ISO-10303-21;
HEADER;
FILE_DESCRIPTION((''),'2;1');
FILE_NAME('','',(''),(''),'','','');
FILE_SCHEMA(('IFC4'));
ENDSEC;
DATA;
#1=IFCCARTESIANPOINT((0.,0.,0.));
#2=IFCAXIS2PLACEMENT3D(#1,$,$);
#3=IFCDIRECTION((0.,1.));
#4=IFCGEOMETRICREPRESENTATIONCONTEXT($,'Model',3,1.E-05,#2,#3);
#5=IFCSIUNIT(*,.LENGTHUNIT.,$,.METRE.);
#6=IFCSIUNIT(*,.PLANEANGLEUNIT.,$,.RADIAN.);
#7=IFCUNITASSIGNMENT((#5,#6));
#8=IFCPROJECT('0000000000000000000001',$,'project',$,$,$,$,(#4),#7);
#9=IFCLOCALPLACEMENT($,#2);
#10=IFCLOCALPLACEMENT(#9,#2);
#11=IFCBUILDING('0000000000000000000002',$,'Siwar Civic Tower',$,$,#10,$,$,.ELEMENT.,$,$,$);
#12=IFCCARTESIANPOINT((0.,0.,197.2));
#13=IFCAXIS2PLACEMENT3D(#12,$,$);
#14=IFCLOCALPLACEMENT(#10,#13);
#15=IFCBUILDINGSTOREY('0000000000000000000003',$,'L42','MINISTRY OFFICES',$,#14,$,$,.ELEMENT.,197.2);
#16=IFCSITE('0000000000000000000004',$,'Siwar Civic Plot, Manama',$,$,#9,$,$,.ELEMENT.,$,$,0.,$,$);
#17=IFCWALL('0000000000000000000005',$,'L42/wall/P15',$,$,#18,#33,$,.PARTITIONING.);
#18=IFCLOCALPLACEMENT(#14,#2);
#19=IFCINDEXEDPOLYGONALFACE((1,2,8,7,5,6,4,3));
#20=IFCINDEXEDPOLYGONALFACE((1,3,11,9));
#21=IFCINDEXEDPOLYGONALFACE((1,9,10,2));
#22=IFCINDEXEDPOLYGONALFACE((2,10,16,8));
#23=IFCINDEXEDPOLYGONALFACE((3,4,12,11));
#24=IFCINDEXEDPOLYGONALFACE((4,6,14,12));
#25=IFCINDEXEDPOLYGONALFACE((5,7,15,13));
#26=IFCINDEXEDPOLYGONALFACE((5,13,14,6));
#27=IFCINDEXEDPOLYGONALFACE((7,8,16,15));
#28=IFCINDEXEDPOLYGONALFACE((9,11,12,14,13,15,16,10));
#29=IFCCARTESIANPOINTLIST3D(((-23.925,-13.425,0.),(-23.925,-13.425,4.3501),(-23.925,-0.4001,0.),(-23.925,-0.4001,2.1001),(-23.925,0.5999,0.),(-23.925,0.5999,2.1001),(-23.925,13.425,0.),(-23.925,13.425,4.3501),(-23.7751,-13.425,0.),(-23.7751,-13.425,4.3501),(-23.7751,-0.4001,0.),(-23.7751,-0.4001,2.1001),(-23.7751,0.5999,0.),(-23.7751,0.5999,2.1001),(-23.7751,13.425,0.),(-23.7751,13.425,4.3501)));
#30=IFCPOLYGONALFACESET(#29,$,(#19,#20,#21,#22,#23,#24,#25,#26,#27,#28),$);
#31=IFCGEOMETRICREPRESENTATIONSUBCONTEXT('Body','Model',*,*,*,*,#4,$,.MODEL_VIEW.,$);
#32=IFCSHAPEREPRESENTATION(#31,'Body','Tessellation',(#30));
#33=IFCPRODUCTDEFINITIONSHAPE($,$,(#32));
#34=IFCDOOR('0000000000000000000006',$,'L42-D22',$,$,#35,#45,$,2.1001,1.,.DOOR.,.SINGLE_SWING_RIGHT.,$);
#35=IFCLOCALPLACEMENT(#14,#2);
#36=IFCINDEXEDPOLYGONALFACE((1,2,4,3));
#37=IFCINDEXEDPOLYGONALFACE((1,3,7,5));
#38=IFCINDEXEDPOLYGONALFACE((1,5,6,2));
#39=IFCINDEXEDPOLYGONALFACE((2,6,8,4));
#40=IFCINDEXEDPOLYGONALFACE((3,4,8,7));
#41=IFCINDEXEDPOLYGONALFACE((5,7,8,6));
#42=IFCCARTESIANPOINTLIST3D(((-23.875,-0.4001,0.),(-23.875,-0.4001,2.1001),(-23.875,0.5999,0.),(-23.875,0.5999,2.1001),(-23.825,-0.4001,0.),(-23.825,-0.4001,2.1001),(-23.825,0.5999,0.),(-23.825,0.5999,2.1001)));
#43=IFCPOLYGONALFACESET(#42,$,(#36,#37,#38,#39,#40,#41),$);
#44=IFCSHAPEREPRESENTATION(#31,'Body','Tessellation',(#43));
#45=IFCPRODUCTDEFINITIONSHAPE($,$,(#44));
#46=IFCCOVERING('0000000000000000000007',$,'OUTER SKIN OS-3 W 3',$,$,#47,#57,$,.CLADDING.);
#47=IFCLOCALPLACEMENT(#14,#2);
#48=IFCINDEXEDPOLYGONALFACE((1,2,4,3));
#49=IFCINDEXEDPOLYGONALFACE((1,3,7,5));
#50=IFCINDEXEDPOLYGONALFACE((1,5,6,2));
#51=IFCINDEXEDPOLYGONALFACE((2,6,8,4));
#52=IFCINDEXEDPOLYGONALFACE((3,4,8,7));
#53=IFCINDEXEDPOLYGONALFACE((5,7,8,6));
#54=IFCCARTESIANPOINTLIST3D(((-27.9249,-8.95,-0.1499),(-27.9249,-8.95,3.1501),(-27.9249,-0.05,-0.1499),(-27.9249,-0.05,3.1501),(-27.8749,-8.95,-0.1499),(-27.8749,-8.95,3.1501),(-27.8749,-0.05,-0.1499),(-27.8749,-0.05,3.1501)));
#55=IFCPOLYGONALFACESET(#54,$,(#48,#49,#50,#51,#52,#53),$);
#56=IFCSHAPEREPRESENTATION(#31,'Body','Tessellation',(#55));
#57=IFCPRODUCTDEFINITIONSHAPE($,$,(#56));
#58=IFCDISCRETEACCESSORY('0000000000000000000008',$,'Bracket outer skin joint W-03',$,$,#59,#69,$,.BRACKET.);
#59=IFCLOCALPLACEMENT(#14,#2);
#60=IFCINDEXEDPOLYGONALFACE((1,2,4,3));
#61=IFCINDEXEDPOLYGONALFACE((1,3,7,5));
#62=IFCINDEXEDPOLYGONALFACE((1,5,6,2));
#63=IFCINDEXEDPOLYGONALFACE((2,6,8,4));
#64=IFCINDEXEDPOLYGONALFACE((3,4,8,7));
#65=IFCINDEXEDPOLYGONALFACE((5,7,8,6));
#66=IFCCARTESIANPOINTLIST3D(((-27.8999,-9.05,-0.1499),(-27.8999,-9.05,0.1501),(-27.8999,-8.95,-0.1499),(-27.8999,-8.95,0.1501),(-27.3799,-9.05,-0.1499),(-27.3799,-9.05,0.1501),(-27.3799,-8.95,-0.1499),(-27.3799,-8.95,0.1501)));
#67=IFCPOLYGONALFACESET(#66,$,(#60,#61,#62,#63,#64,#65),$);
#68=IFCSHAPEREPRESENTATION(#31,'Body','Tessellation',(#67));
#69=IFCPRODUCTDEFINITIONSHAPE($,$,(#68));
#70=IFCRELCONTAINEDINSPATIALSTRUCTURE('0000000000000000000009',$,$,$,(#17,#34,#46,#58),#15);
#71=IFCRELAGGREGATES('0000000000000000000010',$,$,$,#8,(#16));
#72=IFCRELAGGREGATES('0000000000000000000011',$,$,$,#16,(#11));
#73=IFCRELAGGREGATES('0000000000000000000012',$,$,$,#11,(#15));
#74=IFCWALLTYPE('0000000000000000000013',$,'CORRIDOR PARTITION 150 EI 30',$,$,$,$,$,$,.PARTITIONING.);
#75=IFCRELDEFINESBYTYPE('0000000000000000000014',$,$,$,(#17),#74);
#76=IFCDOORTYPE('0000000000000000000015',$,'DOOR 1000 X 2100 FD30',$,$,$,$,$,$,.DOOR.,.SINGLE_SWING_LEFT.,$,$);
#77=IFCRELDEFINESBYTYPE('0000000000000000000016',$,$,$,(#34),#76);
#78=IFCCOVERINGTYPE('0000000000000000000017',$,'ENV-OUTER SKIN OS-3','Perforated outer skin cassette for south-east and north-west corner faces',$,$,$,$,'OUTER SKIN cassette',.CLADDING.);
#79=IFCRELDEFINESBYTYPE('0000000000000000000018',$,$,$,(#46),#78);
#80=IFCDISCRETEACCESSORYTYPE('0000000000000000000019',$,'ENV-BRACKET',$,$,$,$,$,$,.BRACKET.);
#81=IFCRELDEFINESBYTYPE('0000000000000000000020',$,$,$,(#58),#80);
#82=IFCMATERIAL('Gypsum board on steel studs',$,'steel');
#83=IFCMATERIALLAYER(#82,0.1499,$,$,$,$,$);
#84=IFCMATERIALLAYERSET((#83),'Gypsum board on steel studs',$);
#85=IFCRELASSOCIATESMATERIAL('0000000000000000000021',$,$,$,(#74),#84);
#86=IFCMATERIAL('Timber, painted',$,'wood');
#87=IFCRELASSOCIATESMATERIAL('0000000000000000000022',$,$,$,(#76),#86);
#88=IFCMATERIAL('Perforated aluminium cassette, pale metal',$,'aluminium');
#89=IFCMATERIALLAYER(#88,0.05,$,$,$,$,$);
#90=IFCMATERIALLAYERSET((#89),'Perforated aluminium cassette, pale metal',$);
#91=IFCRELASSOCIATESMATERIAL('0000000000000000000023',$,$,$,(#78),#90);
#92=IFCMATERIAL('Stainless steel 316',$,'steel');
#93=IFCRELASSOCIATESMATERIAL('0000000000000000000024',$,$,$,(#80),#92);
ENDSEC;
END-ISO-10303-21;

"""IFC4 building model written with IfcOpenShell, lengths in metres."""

from ifc_helpers import new_model, si_unit, direction, frame, frame_2d, origin, origin_2d, place, context, subcontext, project, spatial, rectangle, extrude, material, layer, layer_set, type_object, element, fill, save


model = new_model("IFC4")

# Units and contexts
model_context = context("Model", 3, precision=1e-05, world=origin(), true_north=direction((0.0, 1.0)))
body_context = subcontext(model_context, "Body", "Model", "MODEL_VIEW")
ifc_project = project(units=[si_unit("LENGTHUNIT", "METRE"), si_unit("PLANEANGLEUNIT", "RADIAN")], contexts=[model_context])

# Site, building, storey
site_placement = place(None, origin())
site = spatial("IfcSite", under=ifc_project, at=site_placement, Name="Siwar Civic Plot, Manama", CompositionType="ELEMENT", RefElevation=0.0)
building_placement = place(site_placement, origin())
building = spatial("IfcBuilding", under=site, at=building_placement, Name="Siwar Civic Tower", CompositionType="ELEMENT")
storey_placement = place(building_placement, frame((0.0, 0.0, 197.2)))
storey = spatial("IfcBuildingStorey", under=building, at=storey_placement, Name="L42", Description="MINISTRY OFFICES", CompositionType="ELEMENT", Elevation=197.2)

# Shared definitions
ifc_material_1 = material(Name="Gypsum board on steel studs", Category="steel")
ifc_layer_1 = layer(ifc_material_1, 0.1499)
ifc_layer_set_1 = layer_set([ifc_layer_1], Name="Gypsum board on steel studs")
wall_type_1 = type_object("IfcWallType", Name="CORRIDOR PARTITION 150 EI 30", PredefinedType="PARTITIONING", material=ifc_layer_set_1)

# Wall, opening, door
wall_1_placement = place(storey_placement, frame((-23.8501, -13.425, 0.0), z_axis=(0.0, 0.0, 1.0), x_axis=(0.0, 1.0, 0.0)))
wall_1 = element("IfcWall", 1, at=wall_1_placement, inside=storey, type_object=wall_type_1, Name="L42/wall/P15", PredefinedType="PARTITIONING", context=body_context, shape_type="SweptSolid", body=[
    extrude(rectangle(XDim=26.8501, YDim=0.1499, at=frame_2d((13.425, 0.0))), origin(), (0.0, 0.0, 1.0), 4.3501),
])
opening_1_placement = place(wall_1_placement, frame((13.0249, 0.0, 0.0)))
opening_1 = element("IfcOpeningElement", 2, at=opening_1_placement, cuts=wall_1, PredefinedType="OPENING", context=body_context, shape_type="SweptSolid", body=[
    extrude(rectangle(XDim=1.0, YDim=2.1001, at=frame_2d((0.5, 1.05))), frame((0.0, 0.085, 0.0), z_axis=(0.0, -1.0, 0.0), x_axis=(1.0, 0.0, 0.0)), (0.0, 0.0, 1.0), 0.1699),
])
ifc_material_2 = material(Name="Timber, painted", Category="wood")
door_type_1 = type_object("IfcDoorType", Name="DOOR 1000 X 2100 FD30", OperationType="SINGLE_SWING_LEFT", PredefinedType="DOOR", material=ifc_material_2)
door_1_placement = place(opening_1_placement, origin())
door_1 = element("IfcDoor", 3, at=door_1_placement, inside=storey, type_object=door_type_1, Name="L42-D22", OperationType="SINGLE_SWING_RIGHT", OverallHeight=2.1001, OverallWidth=1.0, PredefinedType="DOOR", context=body_context, shape_type="SweptSolid", body=[
    extrude(rectangle(XDim=1.0, YDim=2.1001, at=frame_2d((0.5, 1.05))), frame((0.0, 0.0249, 0.0), z_axis=(0.0, -1.0, 0.0), x_axis=(1.0, 0.0, 0.0)), (0.0, 0.0, 1.0), 0.05),
])
fill(opening_1, door_1)

# Covering
ifc_material_3 = material(Name="Perforated aluminium cassette, pale metal", Category="aluminium")
ifc_layer_2 = layer(ifc_material_3, 0.05)
ifc_layer_set_2 = layer_set([ifc_layer_2], Name="Perforated aluminium cassette, pale metal")
covering_type = type_object("IfcCoveringType", Name="ENV-OUTER SKIN OS-3", Description="Perforated outer skin cassette for south-east and north-west corner faces", ElementType="OUTER SKIN cassette", PredefinedType="CLADDING", material=ifc_layer_set_2)
covering_placement = place(storey_placement, frame((-27.8999, -4.5, -0.1499), z_axis=(0.0, 0.0, 1.0), x_axis=(0.0, -1.0, 0.0)))
element("IfcCovering", 4, at=covering_placement, inside=storey, type_object=covering_type, Name="OUTER SKIN OS-3 W 3", PredefinedType="CLADDING", context=body_context, shape_type="SweptSolid", body=[
    extrude(rectangle(XDim=8.8999, YDim=0.05, at=origin_2d()), origin(), (0.0, 0.0, 1.0), 3.3),
])

# Discrete accessory
ifc_material_4 = material(Name="Stainless steel 316", Category="steel")
discrete_accessory_type = type_object("IfcDiscreteAccessoryType", Name="ENV-BRACKET", PredefinedType="BRACKET", material=ifc_material_4)
discrete_accessory_placement = place(storey_placement, frame((-27.6399, -9.0, -0.1499), z_axis=(0.0, 0.0, 1.0), x_axis=(-1.0, 0.0, 0.0)))
element("IfcDiscreteAccessory", 5, at=discrete_accessory_placement, inside=storey, type_object=discrete_accessory_type, Name="Bracket outer skin joint W-03", PredefinedType="BRACKET", context=body_context, shape_type="SweptSolid", body=[
    extrude(rectangle(XDim=0.52, YDim=0.1001, at=origin_2d()), origin(), (0.0, 0.0, 1.0), 0.3),
])

save(model, "model.ifc")
